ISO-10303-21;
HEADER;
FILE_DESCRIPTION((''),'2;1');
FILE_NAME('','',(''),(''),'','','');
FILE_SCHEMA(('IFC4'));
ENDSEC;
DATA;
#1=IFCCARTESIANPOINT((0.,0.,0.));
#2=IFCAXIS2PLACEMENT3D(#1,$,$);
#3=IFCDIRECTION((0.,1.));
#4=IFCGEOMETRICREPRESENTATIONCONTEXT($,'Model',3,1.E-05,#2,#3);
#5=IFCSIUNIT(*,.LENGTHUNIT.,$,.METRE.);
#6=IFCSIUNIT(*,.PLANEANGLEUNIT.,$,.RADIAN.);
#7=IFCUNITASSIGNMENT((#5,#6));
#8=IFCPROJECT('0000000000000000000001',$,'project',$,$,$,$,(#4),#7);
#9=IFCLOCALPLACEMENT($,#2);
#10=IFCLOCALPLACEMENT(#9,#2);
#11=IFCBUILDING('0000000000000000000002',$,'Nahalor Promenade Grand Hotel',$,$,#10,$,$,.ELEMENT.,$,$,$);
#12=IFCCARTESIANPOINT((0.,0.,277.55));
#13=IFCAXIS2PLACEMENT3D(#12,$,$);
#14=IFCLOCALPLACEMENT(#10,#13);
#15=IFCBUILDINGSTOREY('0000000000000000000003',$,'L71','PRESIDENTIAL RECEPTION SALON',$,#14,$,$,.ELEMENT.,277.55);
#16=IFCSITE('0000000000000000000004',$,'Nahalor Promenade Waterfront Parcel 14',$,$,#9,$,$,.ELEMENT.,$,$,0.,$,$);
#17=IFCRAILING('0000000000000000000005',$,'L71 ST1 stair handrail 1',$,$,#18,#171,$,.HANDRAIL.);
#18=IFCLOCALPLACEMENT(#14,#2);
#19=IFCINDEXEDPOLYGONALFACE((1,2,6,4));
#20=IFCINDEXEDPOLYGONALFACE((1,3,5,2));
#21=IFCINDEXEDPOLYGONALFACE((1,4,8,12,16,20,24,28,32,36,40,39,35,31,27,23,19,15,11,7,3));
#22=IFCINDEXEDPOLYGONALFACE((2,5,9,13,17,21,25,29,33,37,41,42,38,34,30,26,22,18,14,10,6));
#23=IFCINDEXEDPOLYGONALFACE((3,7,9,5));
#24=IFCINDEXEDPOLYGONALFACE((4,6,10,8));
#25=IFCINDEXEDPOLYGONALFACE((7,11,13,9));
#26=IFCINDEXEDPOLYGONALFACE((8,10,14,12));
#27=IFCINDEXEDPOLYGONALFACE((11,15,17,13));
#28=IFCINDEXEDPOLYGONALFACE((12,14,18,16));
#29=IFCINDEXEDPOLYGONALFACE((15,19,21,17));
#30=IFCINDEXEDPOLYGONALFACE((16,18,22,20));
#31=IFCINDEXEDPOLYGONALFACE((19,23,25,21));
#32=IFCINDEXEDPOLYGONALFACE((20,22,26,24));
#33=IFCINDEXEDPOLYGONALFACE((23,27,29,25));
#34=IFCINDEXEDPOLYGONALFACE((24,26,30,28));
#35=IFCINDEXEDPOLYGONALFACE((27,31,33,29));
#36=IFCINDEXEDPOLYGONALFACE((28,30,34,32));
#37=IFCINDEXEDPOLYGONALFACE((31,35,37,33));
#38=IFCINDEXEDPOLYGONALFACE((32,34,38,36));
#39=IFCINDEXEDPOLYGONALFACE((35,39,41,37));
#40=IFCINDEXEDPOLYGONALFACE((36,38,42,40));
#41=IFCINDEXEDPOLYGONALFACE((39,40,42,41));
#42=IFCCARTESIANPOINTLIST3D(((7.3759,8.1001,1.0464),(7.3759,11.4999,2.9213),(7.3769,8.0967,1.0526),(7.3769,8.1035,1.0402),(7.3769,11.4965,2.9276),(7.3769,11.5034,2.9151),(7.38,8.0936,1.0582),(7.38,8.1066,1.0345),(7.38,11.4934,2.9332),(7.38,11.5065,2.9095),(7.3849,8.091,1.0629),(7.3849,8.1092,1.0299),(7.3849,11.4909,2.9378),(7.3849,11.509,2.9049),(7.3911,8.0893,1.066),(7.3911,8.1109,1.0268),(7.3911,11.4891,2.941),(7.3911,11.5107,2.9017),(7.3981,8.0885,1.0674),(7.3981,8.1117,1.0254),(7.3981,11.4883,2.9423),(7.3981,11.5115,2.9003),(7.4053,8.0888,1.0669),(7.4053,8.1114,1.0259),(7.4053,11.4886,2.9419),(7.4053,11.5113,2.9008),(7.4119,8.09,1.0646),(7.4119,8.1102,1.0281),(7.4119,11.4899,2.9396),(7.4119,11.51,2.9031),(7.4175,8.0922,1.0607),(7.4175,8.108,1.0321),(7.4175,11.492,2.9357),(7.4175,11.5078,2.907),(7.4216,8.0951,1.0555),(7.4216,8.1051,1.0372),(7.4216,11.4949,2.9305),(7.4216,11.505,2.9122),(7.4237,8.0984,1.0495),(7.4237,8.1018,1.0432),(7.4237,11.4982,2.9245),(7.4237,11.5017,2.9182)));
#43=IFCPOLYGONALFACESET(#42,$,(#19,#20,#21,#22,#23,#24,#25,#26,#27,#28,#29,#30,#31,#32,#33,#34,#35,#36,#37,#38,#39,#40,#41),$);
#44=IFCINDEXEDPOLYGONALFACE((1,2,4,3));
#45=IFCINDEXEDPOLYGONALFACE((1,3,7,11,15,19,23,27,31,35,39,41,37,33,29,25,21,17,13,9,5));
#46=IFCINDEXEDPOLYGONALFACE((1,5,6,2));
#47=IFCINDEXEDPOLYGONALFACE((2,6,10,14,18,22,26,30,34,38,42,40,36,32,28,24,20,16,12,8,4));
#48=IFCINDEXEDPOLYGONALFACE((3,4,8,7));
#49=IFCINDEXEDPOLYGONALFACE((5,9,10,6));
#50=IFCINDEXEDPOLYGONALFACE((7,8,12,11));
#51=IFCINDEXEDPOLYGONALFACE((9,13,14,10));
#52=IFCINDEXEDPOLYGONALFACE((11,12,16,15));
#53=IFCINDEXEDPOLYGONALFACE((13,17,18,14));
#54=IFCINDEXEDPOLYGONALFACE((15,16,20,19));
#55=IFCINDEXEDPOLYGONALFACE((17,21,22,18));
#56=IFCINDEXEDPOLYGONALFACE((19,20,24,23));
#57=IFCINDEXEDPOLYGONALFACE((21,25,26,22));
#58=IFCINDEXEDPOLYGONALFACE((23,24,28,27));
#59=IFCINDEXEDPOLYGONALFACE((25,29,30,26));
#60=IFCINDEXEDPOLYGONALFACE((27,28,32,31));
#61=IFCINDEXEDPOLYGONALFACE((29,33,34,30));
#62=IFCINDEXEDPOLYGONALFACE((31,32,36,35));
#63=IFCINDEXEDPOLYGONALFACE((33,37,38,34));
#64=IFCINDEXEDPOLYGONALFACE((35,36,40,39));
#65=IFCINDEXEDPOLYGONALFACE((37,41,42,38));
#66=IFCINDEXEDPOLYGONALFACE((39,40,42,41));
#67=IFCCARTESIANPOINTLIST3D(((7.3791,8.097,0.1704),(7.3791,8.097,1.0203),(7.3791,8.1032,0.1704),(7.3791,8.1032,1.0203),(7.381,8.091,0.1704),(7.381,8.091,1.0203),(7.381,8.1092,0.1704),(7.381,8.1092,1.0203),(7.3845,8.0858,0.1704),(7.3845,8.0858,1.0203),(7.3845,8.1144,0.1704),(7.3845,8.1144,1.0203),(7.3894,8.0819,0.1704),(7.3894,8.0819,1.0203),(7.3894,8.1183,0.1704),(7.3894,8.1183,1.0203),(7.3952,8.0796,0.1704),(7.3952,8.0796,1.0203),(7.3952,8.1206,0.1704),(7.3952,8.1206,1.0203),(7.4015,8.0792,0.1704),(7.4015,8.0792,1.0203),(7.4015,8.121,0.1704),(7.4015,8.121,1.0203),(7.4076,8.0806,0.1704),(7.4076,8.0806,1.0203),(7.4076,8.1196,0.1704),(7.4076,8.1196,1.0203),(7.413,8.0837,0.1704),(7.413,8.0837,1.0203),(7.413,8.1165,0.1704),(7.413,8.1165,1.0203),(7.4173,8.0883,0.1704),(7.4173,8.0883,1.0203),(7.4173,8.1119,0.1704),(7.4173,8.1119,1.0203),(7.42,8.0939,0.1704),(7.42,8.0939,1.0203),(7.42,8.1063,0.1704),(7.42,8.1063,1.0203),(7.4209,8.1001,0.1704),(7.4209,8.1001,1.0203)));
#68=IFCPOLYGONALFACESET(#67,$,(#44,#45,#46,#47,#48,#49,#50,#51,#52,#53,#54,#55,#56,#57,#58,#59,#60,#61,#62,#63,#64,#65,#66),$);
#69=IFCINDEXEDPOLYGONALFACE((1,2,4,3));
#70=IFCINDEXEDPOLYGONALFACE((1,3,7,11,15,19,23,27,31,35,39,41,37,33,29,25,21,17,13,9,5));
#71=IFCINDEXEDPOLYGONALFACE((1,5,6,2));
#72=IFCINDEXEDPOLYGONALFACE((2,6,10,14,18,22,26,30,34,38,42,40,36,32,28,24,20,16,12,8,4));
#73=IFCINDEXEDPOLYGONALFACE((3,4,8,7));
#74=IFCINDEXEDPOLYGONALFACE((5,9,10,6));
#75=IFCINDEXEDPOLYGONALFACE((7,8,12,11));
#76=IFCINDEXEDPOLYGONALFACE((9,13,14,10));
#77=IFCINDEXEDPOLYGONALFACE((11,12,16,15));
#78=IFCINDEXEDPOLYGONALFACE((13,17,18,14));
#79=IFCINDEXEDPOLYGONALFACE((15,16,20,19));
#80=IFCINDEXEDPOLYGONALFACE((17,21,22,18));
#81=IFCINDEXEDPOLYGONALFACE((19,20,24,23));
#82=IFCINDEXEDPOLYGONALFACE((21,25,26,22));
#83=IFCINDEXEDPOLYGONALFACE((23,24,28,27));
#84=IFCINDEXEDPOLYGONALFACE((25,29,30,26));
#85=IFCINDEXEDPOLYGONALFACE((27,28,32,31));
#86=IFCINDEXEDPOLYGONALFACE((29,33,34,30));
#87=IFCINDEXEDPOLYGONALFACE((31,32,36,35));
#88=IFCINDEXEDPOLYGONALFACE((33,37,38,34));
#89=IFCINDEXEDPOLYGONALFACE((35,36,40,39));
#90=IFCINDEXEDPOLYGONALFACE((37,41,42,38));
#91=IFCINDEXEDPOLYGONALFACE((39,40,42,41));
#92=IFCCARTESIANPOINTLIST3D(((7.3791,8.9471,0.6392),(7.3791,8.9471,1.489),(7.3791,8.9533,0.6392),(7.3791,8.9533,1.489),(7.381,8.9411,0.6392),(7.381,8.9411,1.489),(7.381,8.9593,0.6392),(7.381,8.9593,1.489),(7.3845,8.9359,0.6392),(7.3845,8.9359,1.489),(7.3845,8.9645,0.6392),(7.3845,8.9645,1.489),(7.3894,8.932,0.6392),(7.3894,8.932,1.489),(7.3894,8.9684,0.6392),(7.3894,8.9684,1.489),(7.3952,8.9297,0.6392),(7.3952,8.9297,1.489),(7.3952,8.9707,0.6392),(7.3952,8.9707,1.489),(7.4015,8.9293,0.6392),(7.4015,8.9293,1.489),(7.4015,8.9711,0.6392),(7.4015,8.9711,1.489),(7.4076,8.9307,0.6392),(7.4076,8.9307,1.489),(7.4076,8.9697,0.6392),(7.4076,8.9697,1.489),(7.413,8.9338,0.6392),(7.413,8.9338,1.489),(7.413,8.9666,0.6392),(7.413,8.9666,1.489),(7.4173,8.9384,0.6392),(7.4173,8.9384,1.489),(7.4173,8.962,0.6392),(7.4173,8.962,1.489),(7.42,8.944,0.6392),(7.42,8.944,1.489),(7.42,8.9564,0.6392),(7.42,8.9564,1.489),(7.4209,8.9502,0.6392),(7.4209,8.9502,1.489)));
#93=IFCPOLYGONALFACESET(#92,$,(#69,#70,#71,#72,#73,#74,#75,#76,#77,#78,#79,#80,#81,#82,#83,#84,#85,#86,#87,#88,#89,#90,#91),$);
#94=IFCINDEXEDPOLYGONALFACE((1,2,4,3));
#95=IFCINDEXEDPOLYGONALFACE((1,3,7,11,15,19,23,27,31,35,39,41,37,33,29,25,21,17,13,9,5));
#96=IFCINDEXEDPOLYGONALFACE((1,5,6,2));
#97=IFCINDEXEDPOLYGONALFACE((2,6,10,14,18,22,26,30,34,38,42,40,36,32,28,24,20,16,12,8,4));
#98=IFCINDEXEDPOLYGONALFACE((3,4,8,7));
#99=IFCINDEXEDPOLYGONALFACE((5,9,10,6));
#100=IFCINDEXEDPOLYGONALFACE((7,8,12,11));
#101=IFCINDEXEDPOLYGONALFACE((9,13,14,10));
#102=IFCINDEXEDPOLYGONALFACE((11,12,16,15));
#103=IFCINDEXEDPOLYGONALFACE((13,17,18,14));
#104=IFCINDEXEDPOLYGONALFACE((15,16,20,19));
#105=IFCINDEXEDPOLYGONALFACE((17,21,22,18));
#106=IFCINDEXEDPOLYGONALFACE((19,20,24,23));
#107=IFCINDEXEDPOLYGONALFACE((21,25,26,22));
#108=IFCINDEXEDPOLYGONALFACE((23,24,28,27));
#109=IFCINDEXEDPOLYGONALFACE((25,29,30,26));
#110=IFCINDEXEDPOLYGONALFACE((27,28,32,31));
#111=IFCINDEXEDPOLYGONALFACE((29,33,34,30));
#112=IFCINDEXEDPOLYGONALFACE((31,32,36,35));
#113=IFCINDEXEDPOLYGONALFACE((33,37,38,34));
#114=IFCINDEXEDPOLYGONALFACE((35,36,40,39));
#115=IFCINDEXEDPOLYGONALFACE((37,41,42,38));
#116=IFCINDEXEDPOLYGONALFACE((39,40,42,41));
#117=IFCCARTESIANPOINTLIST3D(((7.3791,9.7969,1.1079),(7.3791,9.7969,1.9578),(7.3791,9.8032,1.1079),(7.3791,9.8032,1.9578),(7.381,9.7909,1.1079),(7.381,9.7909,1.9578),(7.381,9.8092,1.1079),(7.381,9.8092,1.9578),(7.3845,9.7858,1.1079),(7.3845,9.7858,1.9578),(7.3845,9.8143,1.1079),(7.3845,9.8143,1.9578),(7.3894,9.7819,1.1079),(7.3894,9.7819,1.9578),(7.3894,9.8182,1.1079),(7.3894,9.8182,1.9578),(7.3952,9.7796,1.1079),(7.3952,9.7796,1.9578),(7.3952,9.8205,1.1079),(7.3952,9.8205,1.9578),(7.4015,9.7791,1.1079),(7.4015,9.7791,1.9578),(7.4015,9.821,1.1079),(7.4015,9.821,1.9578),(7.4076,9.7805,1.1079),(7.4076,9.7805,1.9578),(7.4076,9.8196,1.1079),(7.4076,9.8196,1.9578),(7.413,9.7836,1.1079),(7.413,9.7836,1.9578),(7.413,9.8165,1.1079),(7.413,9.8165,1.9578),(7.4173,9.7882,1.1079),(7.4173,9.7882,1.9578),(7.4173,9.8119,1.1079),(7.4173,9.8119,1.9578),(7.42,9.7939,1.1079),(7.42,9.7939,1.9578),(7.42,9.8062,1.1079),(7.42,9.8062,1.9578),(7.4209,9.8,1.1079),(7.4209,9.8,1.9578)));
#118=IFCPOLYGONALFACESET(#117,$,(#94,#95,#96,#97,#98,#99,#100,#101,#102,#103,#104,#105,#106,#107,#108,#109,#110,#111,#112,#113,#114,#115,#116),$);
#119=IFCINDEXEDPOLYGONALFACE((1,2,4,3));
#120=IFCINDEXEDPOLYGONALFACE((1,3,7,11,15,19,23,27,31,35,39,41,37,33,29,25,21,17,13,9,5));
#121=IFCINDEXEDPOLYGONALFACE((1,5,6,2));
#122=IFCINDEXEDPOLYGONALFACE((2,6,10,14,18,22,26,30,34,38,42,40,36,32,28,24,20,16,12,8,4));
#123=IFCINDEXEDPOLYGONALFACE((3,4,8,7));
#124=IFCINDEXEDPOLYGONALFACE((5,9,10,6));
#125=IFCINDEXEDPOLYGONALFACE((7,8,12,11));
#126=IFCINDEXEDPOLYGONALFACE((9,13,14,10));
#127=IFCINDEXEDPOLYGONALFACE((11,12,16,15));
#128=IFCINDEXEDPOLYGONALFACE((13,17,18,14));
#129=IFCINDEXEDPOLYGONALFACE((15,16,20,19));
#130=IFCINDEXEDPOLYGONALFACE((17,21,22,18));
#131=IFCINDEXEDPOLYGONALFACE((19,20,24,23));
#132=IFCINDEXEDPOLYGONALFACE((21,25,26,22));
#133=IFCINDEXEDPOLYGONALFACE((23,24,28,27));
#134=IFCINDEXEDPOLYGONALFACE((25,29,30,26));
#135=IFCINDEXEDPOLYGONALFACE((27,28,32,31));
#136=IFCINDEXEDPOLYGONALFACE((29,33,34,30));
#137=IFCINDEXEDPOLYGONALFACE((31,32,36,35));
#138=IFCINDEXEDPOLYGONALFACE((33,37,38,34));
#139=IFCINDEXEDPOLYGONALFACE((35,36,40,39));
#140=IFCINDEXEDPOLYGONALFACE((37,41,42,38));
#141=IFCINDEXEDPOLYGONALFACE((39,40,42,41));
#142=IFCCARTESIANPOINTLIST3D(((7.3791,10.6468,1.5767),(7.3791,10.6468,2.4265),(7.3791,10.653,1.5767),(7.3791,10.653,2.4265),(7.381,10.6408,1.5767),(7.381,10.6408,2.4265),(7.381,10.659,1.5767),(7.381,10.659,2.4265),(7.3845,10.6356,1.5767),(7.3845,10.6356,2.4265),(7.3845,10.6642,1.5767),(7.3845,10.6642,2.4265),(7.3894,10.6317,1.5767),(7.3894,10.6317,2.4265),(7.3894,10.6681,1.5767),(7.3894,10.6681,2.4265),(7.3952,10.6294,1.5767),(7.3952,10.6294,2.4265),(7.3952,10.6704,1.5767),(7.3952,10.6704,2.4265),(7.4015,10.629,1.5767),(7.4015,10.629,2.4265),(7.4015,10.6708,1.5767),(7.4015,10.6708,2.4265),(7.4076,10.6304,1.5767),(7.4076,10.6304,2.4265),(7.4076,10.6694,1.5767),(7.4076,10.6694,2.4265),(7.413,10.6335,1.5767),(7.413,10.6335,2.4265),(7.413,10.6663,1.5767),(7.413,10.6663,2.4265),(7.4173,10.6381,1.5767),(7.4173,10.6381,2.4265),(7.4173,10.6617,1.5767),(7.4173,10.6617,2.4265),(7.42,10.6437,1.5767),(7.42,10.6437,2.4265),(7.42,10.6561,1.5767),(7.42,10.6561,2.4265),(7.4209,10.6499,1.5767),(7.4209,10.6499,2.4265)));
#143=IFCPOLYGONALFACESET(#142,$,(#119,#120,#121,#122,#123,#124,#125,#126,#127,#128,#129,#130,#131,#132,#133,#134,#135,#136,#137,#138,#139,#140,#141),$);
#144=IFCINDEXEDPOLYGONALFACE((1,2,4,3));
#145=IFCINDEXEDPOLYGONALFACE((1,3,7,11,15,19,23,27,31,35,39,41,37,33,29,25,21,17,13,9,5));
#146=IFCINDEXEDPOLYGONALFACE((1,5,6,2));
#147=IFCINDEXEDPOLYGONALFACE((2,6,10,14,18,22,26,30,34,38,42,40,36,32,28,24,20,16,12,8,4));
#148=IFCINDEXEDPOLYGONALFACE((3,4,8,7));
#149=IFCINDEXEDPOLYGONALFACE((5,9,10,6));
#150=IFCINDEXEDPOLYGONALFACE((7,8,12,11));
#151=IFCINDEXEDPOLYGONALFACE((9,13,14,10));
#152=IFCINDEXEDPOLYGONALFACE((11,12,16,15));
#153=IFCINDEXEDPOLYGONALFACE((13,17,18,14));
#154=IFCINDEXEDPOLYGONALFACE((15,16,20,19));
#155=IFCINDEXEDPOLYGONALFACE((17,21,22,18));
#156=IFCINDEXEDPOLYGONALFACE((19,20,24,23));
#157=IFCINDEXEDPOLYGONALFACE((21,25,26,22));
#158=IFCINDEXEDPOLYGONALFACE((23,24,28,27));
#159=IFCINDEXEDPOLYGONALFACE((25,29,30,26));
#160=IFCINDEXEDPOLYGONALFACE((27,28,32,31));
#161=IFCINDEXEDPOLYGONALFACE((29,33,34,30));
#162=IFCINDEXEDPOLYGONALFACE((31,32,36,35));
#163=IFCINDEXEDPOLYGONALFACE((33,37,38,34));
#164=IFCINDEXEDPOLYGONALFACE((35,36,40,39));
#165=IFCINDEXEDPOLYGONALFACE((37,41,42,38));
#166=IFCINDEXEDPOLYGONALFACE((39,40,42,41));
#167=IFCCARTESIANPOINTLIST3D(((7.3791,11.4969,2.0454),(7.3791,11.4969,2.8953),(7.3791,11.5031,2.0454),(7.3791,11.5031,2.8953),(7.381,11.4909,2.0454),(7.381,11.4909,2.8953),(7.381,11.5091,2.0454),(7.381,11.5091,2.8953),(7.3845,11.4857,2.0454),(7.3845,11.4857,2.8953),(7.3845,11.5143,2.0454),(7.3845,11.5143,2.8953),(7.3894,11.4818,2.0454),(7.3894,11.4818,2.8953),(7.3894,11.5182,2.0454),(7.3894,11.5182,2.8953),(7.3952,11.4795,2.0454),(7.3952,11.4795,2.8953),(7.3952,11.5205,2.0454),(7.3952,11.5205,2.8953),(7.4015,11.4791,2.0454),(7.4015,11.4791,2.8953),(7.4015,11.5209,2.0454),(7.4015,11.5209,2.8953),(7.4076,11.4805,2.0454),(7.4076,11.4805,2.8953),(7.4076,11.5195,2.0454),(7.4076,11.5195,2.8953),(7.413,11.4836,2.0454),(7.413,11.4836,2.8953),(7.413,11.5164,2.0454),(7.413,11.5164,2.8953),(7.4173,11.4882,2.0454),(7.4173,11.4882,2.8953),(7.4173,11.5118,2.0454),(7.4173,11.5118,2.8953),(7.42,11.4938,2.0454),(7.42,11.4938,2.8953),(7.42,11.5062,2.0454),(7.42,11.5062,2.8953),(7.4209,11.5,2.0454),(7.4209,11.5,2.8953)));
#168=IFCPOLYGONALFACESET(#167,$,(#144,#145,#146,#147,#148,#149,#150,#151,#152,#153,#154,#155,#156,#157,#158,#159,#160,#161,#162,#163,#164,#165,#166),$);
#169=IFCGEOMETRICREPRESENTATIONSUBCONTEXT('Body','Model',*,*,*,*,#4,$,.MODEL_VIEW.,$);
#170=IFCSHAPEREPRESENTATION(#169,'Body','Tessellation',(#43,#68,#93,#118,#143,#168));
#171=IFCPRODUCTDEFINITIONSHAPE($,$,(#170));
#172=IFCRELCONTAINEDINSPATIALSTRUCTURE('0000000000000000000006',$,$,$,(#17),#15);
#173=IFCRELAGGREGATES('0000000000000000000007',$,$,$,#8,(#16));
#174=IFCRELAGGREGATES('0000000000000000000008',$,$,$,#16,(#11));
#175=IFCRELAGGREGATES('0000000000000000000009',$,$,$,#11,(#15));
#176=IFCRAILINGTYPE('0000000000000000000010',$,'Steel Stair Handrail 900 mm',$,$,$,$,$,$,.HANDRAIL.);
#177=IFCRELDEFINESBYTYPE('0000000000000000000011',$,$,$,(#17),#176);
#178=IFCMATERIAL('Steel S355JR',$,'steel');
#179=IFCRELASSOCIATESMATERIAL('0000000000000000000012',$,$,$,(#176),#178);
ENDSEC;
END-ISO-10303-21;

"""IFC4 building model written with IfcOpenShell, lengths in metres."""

from ifc_helpers import new_model, si_unit, direction, frame, origin, origin_2d, place, context, subcontext, project, spatial, circle, extrude, material, type_object, element, save


model = new_model("IFC4")

# Units and contexts
model_context = context("Model", 3, precision=1e-05, world=origin(), true_north=direction((0.0, 1.0)))
body_context = subcontext(model_context, "Body", "Model", "MODEL_VIEW")
ifc_project = project(units=[si_unit("LENGTHUNIT", "METRE"), si_unit("PLANEANGLEUNIT", "RADIAN")], contexts=[model_context])

# Site, building, storey
site_placement = place(None, origin())
site = spatial("IfcSite", under=ifc_project, at=site_placement, Name="Nahalor Promenade Waterfront Parcel 14", CompositionType="ELEMENT", RefElevation=0.0)
building_placement = place(site_placement, origin())
building = spatial("IfcBuilding", under=site, at=building_placement, Name="Nahalor Promenade Grand Hotel", CompositionType="ELEMENT")
storey_placement = place(building_placement, frame((0.0, 0.0, 277.55)))
storey = spatial("IfcBuildingStorey", under=building, at=storey_placement, Name="L71", Description="PRESIDENTIAL RECEPTION SALON", CompositionType="ELEMENT", Elevation=277.55)

# Shared definitions
ifc_material_1 = material(Name="Steel S355JR", Category="steel")

# Railing
railing_type_1 = type_object("IfcRailingType", Name="Steel Stair Handrail 900 mm", PredefinedType="HANDRAIL", material=ifc_material_1)
railing_1_placement = place(storey_placement, frame((7.3999, 8.1001, 0.1704)))
element("IfcRailing", 1, at=railing_1_placement, inside=storey, type_object=railing_type_1, Name="L71 ST1 stair handrail 1", PredefinedType="HANDRAIL", context=body_context, shape_type="SweptSolid", body=[
    extrude(circle(Radius=0.024, at=origin_2d()), frame((0.0, 0.0, 0.876), z_axis=(0.0, 0.875666, 0.482918), x_axis=(-1.0, 0.0, 0.0)), (0.0, 0.0, 1.0), 3.8826),
    extrude(circle(Radius=0.021, at=origin_2d()), origin(), (0.0, 0.0, 1.0), 0.8499),
    extrude(circle(Radius=0.021, at=origin_2d()), frame((0.0, 0.8501, 0.4688)), (0.0, 0.0, 1.0), 0.8499),
    extrude(circle(Radius=0.021, at=origin_2d()), frame((0.0, 1.7, 0.9375)), (0.0, 0.0, 1.0), 0.8499),
    extrude(circle(Radius=0.021, at=origin_2d()), frame((0.0, 2.5498, 1.4062)), (0.0, 0.0, 1.0), 0.8499),
    extrude(circle(Radius=0.021, at=origin_2d()), frame((0.0, 3.3999, 1.875)), (0.0, 0.0, 1.0), 0.8499),
])

save(model, "model.ifc")
